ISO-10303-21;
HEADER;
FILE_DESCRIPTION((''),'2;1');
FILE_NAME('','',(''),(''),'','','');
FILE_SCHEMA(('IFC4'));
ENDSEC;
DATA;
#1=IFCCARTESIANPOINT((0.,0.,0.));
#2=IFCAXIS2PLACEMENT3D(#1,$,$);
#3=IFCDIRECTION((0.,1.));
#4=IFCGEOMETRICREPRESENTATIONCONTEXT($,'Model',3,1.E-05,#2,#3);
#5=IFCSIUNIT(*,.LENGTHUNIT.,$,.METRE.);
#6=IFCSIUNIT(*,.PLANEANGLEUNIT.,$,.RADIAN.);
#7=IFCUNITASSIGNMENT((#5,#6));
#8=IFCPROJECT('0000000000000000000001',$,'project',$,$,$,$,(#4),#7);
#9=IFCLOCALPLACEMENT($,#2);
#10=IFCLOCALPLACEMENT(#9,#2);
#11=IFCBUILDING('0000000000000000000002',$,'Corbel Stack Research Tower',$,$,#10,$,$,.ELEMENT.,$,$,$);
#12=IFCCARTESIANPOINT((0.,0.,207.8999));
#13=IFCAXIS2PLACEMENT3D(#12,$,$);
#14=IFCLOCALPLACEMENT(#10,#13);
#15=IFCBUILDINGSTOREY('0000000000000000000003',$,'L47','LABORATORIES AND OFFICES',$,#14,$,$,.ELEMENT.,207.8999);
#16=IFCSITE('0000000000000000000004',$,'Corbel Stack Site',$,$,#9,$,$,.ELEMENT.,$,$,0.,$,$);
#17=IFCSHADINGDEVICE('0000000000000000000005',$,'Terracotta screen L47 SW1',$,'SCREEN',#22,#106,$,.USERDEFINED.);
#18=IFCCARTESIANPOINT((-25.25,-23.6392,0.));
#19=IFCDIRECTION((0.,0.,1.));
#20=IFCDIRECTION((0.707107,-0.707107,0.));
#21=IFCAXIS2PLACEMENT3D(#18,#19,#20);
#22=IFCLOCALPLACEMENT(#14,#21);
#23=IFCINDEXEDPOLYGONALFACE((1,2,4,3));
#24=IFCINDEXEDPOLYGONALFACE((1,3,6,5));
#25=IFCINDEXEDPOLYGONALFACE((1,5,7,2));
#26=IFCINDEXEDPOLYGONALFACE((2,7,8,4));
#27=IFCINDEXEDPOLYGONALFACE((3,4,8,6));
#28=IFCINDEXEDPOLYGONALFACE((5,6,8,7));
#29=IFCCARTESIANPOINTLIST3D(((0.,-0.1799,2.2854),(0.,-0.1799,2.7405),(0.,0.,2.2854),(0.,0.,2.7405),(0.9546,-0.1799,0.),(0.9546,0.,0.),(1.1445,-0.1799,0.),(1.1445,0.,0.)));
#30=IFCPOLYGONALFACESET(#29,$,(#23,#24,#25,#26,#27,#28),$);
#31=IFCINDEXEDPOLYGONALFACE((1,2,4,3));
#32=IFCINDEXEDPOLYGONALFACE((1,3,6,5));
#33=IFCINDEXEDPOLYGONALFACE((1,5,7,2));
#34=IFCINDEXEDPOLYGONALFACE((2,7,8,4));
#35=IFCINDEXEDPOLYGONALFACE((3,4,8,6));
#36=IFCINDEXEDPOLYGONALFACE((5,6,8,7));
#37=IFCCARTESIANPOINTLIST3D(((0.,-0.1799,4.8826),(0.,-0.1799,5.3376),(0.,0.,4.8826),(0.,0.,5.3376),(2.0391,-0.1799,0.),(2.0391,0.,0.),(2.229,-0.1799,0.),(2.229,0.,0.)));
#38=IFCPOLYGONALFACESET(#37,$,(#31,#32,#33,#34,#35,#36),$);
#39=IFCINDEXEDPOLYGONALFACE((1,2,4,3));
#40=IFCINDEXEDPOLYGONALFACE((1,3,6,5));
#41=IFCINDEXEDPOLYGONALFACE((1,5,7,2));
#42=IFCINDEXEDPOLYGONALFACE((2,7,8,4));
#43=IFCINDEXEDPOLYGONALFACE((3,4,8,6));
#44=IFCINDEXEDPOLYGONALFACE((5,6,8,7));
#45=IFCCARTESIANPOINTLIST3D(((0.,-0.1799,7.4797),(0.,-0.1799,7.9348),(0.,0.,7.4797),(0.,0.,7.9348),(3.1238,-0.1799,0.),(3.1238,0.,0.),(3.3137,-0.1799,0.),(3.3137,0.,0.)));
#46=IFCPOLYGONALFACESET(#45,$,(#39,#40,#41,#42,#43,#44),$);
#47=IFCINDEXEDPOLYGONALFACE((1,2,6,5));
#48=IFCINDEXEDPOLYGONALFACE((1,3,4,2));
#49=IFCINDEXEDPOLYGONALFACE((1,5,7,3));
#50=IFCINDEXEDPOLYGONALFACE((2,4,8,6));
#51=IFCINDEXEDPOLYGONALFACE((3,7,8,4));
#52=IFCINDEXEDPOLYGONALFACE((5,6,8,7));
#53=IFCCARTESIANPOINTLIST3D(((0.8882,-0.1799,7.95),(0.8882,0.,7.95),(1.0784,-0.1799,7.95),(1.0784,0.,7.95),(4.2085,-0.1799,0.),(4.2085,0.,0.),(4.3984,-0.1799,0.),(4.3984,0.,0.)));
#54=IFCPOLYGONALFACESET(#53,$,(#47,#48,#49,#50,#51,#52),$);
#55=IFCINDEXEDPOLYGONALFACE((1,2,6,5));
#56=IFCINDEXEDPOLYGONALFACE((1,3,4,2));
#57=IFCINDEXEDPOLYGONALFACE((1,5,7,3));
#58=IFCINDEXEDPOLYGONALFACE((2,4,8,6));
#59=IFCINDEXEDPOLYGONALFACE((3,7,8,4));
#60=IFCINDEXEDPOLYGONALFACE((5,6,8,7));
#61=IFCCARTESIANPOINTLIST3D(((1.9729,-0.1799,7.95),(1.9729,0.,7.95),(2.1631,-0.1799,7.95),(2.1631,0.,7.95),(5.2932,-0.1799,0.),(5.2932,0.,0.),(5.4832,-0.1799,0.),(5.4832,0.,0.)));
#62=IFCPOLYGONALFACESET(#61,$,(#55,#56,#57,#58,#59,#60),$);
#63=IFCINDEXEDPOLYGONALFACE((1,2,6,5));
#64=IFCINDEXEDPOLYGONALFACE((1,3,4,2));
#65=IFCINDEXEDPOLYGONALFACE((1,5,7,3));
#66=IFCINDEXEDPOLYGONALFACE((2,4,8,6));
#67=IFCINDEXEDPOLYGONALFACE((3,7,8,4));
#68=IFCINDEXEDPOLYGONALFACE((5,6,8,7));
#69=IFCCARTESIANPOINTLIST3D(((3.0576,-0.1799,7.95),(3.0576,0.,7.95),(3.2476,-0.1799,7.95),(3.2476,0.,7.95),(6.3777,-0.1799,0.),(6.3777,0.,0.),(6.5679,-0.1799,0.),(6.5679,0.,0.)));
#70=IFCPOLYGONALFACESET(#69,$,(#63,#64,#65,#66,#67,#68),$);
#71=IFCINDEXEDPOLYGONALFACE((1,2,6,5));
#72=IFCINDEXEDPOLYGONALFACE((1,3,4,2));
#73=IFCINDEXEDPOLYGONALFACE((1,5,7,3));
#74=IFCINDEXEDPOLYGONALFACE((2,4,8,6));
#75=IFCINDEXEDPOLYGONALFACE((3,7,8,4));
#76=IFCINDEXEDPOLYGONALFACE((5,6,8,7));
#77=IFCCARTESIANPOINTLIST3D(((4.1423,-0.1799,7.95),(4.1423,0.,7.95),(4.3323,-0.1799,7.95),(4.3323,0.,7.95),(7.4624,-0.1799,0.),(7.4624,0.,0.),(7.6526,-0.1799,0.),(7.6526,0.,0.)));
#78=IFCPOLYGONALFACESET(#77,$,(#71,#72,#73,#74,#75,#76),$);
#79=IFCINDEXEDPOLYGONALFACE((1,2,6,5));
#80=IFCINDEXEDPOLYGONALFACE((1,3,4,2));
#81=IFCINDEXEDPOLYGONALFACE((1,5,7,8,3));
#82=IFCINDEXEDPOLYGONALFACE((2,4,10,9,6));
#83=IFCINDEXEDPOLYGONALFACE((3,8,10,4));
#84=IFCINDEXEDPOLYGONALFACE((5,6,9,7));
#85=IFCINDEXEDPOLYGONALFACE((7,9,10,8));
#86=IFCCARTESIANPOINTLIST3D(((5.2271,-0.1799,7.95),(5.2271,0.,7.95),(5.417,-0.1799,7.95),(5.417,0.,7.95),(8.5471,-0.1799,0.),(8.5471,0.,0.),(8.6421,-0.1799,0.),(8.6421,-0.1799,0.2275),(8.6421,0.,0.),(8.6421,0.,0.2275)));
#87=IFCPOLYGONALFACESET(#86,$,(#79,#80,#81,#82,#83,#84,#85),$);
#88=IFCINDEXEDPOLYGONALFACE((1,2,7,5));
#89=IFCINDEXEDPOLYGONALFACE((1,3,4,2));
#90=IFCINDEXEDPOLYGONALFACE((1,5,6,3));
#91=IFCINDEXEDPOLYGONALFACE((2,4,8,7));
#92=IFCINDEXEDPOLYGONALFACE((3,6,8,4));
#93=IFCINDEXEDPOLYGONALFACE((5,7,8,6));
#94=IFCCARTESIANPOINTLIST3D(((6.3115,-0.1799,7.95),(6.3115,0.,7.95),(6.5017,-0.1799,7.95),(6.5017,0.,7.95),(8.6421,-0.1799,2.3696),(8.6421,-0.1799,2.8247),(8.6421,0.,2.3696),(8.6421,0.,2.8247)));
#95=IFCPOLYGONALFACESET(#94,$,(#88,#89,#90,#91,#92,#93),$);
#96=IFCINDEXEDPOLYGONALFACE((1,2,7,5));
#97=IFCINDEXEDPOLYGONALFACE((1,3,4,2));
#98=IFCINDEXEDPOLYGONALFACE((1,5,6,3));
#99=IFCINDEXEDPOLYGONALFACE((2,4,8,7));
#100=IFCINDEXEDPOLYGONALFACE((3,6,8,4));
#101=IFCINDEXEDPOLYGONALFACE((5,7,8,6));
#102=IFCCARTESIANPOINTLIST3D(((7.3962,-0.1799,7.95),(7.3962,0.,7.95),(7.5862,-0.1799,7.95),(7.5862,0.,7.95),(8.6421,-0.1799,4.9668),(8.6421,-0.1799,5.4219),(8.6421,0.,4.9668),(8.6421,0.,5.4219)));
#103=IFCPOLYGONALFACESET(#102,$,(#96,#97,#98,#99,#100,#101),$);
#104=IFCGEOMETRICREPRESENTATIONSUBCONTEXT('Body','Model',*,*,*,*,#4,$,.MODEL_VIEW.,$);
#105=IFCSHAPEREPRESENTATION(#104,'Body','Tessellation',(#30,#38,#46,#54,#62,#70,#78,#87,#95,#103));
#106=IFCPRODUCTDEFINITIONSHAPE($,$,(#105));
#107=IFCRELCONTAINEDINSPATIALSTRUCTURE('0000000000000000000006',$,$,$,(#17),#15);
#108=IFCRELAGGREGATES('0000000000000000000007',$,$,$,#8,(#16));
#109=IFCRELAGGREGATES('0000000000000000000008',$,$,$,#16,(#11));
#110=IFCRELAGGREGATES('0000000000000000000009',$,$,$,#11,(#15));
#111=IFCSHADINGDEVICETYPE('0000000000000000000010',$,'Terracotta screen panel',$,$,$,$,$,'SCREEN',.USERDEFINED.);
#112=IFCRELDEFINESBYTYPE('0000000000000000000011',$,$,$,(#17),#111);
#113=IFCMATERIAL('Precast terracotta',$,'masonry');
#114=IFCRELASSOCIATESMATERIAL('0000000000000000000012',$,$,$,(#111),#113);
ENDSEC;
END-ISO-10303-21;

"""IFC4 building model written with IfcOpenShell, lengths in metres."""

from ifc_helpers import new_model, si_unit, direction, frame, origin, place, context, subcontext, project, spatial, polyline, outline, extrude, source, transform, mapped, material, type_object, element, save


model = new_model("IFC4")

# Units and contexts
model_context = context("Model", 3, precision=1e-05, world=origin(), true_north=direction((0.0, 1.0)))
body_context = subcontext(model_context, "Body", "Model", "MODEL_VIEW")
ifc_project = project(units=[si_unit("LENGTHUNIT", "METRE"), si_unit("PLANEANGLEUNIT", "RADIAN")], contexts=[model_context])

# Site, building, storey
site_placement = place(None, origin())
site = spatial("IfcSite", under=ifc_project, at=site_placement, Name="Corbel Stack Site", CompositionType="ELEMENT", RefElevation=0.0)
building_placement = place(site_placement, origin())
building = spatial("IfcBuilding", under=site, at=building_placement, Name="Corbel Stack Research Tower", CompositionType="ELEMENT")
storey_placement = place(building_placement, frame((0.0, 0.0, 207.8999)))
storey = spatial("IfcBuildingStorey", under=building, at=storey_placement, Name="L47", Description="LABORATORIES AND OFFICES", CompositionType="ELEMENT", Elevation=207.8999)

# Shading device
ifc_material_1 = material(Name="Precast terracotta", Category="masonry")
shading_device_type = type_object("IfcShadingDeviceType", Name="Terracotta screen panel", ElementType="SCREEN", PredefinedType="USERDEFINED", material=ifc_material_1)
shared_shape_1 = source(origin(), body_context, "Body", "SweptSolid", [
    extrude(outline(polyline([(1.1445, 0.0), (0.0, 2.7405), (0.0, 2.2854), (0.9546, 0.0), (1.1445, 0.0)])), frame((0.0, 0.0, 0.0), z_axis=(0.0, -1.0, 0.0), x_axis=(1.0, 0.0, 0.0)), (0.0, 0.0, 1.0), 0.1799),
    extrude(outline(polyline([(2.229, 0.0), (0.0, 5.3376), (0.0, 4.8826), (2.0391, 0.0), (2.229, 0.0)])), frame((0.0, 0.0, 0.0), z_axis=(0.0, -1.0, 0.0), x_axis=(1.0, 0.0, 0.0)), (0.0, 0.0, 1.0), 0.1799),
    extrude(outline(polyline([(3.3137, 0.0), (0.0, 7.9348), (0.0, 7.4797), (3.1238, 0.0), (3.3137, 0.0)])), frame((0.0, 0.0, 0.0), z_axis=(0.0, -1.0, 0.0), x_axis=(1.0, 0.0, 0.0)), (0.0, 0.0, 1.0), 0.1799),
    extrude(outline(polyline([(4.3984, 0.0), (1.0784, 7.95), (0.8882, 7.95), (4.2085, 0.0), (4.3984, 0.0)])), frame((0.0, 0.0, 0.0), z_axis=(0.0, -1.0, 0.0), x_axis=(1.0, 0.0, 0.0)), (0.0, 0.0, 1.0), 0.1799),
    extrude(outline(polyline([(5.4832, 0.0), (2.1631, 7.95), (1.9729, 7.95), (5.2932, 0.0), (5.4832, 0.0)])), frame((0.0, 0.0, 0.0), z_axis=(0.0, -1.0, 0.0), x_axis=(1.0, 0.0, 0.0)), (0.0, 0.0, 1.0), 0.1799),
    extrude(outline(polyline([(6.5679, 0.0), (3.2476, 7.95), (3.0576, 7.95), (6.3777, 0.0), (6.5679, 0.0)])), frame((0.0, 0.0, 0.0), z_axis=(0.0, -1.0, 0.0), x_axis=(1.0, 0.0, 0.0)), (0.0, 0.0, 1.0), 0.1799),
    extrude(outline(polyline([(7.6526, 0.0), (4.3323, 7.95), (4.1423, 7.95), (7.4624, 0.0), (7.6526, 0.0)])), frame((0.0, 0.0, 0.0), z_axis=(0.0, -1.0, 0.0), x_axis=(1.0, 0.0, 0.0)), (0.0, 0.0, 1.0), 0.1799),
    extrude(outline(polyline([(8.6421, 0.0), (8.6421, 0.2275), (5.417, 7.95), (5.2271, 7.95), (8.5471, 0.0), (8.6421, 0.0)])), frame((0.0, 0.0, 0.0), z_axis=(0.0, -1.0, 0.0), x_axis=(1.0, 0.0, 0.0)), (0.0, 0.0, 1.0), 0.1799),
    extrude(outline(polyline([(6.5017, 7.95), (6.3115, 7.95), (8.6421, 2.3696), (8.6421, 2.8247), (6.5017, 7.95)])), frame((0.0, 0.0, 0.0), z_axis=(0.0, -1.0, 0.0), x_axis=(1.0, 0.0, 0.0)), (0.0, 0.0, 1.0), 0.1799),
    extrude(outline(polyline([(7.5862, 7.95), (7.3962, 7.95), (8.6421, 4.9668), (8.6421, 5.4219), (7.5862, 7.95)])), frame((0.0, 0.0, 0.0), z_axis=(0.0, -1.0, 0.0), x_axis=(1.0, 0.0, 0.0)), (0.0, 0.0, 1.0), 0.1799),
])
shading_device_1_placement = place(storey_placement, frame((-25.25, -23.6392, 0.0), z_axis=(0.0, 0.0, 1.0), x_axis=(0.707107, -0.707107, 0.0)))
element("IfcShadingDevice", 1, at=shading_device_1_placement, inside=storey, type_object=shading_device_type, Name="Terracotta screen L47 SW1", ObjectType="SCREEN", PredefinedType="USERDEFINED", context=body_context, shape_type="MappedRepresentation", body=[
    mapped(shared_shape_1, transform((0.0, 0.0, 0.0))),
])

save(model, "model.ifc")
